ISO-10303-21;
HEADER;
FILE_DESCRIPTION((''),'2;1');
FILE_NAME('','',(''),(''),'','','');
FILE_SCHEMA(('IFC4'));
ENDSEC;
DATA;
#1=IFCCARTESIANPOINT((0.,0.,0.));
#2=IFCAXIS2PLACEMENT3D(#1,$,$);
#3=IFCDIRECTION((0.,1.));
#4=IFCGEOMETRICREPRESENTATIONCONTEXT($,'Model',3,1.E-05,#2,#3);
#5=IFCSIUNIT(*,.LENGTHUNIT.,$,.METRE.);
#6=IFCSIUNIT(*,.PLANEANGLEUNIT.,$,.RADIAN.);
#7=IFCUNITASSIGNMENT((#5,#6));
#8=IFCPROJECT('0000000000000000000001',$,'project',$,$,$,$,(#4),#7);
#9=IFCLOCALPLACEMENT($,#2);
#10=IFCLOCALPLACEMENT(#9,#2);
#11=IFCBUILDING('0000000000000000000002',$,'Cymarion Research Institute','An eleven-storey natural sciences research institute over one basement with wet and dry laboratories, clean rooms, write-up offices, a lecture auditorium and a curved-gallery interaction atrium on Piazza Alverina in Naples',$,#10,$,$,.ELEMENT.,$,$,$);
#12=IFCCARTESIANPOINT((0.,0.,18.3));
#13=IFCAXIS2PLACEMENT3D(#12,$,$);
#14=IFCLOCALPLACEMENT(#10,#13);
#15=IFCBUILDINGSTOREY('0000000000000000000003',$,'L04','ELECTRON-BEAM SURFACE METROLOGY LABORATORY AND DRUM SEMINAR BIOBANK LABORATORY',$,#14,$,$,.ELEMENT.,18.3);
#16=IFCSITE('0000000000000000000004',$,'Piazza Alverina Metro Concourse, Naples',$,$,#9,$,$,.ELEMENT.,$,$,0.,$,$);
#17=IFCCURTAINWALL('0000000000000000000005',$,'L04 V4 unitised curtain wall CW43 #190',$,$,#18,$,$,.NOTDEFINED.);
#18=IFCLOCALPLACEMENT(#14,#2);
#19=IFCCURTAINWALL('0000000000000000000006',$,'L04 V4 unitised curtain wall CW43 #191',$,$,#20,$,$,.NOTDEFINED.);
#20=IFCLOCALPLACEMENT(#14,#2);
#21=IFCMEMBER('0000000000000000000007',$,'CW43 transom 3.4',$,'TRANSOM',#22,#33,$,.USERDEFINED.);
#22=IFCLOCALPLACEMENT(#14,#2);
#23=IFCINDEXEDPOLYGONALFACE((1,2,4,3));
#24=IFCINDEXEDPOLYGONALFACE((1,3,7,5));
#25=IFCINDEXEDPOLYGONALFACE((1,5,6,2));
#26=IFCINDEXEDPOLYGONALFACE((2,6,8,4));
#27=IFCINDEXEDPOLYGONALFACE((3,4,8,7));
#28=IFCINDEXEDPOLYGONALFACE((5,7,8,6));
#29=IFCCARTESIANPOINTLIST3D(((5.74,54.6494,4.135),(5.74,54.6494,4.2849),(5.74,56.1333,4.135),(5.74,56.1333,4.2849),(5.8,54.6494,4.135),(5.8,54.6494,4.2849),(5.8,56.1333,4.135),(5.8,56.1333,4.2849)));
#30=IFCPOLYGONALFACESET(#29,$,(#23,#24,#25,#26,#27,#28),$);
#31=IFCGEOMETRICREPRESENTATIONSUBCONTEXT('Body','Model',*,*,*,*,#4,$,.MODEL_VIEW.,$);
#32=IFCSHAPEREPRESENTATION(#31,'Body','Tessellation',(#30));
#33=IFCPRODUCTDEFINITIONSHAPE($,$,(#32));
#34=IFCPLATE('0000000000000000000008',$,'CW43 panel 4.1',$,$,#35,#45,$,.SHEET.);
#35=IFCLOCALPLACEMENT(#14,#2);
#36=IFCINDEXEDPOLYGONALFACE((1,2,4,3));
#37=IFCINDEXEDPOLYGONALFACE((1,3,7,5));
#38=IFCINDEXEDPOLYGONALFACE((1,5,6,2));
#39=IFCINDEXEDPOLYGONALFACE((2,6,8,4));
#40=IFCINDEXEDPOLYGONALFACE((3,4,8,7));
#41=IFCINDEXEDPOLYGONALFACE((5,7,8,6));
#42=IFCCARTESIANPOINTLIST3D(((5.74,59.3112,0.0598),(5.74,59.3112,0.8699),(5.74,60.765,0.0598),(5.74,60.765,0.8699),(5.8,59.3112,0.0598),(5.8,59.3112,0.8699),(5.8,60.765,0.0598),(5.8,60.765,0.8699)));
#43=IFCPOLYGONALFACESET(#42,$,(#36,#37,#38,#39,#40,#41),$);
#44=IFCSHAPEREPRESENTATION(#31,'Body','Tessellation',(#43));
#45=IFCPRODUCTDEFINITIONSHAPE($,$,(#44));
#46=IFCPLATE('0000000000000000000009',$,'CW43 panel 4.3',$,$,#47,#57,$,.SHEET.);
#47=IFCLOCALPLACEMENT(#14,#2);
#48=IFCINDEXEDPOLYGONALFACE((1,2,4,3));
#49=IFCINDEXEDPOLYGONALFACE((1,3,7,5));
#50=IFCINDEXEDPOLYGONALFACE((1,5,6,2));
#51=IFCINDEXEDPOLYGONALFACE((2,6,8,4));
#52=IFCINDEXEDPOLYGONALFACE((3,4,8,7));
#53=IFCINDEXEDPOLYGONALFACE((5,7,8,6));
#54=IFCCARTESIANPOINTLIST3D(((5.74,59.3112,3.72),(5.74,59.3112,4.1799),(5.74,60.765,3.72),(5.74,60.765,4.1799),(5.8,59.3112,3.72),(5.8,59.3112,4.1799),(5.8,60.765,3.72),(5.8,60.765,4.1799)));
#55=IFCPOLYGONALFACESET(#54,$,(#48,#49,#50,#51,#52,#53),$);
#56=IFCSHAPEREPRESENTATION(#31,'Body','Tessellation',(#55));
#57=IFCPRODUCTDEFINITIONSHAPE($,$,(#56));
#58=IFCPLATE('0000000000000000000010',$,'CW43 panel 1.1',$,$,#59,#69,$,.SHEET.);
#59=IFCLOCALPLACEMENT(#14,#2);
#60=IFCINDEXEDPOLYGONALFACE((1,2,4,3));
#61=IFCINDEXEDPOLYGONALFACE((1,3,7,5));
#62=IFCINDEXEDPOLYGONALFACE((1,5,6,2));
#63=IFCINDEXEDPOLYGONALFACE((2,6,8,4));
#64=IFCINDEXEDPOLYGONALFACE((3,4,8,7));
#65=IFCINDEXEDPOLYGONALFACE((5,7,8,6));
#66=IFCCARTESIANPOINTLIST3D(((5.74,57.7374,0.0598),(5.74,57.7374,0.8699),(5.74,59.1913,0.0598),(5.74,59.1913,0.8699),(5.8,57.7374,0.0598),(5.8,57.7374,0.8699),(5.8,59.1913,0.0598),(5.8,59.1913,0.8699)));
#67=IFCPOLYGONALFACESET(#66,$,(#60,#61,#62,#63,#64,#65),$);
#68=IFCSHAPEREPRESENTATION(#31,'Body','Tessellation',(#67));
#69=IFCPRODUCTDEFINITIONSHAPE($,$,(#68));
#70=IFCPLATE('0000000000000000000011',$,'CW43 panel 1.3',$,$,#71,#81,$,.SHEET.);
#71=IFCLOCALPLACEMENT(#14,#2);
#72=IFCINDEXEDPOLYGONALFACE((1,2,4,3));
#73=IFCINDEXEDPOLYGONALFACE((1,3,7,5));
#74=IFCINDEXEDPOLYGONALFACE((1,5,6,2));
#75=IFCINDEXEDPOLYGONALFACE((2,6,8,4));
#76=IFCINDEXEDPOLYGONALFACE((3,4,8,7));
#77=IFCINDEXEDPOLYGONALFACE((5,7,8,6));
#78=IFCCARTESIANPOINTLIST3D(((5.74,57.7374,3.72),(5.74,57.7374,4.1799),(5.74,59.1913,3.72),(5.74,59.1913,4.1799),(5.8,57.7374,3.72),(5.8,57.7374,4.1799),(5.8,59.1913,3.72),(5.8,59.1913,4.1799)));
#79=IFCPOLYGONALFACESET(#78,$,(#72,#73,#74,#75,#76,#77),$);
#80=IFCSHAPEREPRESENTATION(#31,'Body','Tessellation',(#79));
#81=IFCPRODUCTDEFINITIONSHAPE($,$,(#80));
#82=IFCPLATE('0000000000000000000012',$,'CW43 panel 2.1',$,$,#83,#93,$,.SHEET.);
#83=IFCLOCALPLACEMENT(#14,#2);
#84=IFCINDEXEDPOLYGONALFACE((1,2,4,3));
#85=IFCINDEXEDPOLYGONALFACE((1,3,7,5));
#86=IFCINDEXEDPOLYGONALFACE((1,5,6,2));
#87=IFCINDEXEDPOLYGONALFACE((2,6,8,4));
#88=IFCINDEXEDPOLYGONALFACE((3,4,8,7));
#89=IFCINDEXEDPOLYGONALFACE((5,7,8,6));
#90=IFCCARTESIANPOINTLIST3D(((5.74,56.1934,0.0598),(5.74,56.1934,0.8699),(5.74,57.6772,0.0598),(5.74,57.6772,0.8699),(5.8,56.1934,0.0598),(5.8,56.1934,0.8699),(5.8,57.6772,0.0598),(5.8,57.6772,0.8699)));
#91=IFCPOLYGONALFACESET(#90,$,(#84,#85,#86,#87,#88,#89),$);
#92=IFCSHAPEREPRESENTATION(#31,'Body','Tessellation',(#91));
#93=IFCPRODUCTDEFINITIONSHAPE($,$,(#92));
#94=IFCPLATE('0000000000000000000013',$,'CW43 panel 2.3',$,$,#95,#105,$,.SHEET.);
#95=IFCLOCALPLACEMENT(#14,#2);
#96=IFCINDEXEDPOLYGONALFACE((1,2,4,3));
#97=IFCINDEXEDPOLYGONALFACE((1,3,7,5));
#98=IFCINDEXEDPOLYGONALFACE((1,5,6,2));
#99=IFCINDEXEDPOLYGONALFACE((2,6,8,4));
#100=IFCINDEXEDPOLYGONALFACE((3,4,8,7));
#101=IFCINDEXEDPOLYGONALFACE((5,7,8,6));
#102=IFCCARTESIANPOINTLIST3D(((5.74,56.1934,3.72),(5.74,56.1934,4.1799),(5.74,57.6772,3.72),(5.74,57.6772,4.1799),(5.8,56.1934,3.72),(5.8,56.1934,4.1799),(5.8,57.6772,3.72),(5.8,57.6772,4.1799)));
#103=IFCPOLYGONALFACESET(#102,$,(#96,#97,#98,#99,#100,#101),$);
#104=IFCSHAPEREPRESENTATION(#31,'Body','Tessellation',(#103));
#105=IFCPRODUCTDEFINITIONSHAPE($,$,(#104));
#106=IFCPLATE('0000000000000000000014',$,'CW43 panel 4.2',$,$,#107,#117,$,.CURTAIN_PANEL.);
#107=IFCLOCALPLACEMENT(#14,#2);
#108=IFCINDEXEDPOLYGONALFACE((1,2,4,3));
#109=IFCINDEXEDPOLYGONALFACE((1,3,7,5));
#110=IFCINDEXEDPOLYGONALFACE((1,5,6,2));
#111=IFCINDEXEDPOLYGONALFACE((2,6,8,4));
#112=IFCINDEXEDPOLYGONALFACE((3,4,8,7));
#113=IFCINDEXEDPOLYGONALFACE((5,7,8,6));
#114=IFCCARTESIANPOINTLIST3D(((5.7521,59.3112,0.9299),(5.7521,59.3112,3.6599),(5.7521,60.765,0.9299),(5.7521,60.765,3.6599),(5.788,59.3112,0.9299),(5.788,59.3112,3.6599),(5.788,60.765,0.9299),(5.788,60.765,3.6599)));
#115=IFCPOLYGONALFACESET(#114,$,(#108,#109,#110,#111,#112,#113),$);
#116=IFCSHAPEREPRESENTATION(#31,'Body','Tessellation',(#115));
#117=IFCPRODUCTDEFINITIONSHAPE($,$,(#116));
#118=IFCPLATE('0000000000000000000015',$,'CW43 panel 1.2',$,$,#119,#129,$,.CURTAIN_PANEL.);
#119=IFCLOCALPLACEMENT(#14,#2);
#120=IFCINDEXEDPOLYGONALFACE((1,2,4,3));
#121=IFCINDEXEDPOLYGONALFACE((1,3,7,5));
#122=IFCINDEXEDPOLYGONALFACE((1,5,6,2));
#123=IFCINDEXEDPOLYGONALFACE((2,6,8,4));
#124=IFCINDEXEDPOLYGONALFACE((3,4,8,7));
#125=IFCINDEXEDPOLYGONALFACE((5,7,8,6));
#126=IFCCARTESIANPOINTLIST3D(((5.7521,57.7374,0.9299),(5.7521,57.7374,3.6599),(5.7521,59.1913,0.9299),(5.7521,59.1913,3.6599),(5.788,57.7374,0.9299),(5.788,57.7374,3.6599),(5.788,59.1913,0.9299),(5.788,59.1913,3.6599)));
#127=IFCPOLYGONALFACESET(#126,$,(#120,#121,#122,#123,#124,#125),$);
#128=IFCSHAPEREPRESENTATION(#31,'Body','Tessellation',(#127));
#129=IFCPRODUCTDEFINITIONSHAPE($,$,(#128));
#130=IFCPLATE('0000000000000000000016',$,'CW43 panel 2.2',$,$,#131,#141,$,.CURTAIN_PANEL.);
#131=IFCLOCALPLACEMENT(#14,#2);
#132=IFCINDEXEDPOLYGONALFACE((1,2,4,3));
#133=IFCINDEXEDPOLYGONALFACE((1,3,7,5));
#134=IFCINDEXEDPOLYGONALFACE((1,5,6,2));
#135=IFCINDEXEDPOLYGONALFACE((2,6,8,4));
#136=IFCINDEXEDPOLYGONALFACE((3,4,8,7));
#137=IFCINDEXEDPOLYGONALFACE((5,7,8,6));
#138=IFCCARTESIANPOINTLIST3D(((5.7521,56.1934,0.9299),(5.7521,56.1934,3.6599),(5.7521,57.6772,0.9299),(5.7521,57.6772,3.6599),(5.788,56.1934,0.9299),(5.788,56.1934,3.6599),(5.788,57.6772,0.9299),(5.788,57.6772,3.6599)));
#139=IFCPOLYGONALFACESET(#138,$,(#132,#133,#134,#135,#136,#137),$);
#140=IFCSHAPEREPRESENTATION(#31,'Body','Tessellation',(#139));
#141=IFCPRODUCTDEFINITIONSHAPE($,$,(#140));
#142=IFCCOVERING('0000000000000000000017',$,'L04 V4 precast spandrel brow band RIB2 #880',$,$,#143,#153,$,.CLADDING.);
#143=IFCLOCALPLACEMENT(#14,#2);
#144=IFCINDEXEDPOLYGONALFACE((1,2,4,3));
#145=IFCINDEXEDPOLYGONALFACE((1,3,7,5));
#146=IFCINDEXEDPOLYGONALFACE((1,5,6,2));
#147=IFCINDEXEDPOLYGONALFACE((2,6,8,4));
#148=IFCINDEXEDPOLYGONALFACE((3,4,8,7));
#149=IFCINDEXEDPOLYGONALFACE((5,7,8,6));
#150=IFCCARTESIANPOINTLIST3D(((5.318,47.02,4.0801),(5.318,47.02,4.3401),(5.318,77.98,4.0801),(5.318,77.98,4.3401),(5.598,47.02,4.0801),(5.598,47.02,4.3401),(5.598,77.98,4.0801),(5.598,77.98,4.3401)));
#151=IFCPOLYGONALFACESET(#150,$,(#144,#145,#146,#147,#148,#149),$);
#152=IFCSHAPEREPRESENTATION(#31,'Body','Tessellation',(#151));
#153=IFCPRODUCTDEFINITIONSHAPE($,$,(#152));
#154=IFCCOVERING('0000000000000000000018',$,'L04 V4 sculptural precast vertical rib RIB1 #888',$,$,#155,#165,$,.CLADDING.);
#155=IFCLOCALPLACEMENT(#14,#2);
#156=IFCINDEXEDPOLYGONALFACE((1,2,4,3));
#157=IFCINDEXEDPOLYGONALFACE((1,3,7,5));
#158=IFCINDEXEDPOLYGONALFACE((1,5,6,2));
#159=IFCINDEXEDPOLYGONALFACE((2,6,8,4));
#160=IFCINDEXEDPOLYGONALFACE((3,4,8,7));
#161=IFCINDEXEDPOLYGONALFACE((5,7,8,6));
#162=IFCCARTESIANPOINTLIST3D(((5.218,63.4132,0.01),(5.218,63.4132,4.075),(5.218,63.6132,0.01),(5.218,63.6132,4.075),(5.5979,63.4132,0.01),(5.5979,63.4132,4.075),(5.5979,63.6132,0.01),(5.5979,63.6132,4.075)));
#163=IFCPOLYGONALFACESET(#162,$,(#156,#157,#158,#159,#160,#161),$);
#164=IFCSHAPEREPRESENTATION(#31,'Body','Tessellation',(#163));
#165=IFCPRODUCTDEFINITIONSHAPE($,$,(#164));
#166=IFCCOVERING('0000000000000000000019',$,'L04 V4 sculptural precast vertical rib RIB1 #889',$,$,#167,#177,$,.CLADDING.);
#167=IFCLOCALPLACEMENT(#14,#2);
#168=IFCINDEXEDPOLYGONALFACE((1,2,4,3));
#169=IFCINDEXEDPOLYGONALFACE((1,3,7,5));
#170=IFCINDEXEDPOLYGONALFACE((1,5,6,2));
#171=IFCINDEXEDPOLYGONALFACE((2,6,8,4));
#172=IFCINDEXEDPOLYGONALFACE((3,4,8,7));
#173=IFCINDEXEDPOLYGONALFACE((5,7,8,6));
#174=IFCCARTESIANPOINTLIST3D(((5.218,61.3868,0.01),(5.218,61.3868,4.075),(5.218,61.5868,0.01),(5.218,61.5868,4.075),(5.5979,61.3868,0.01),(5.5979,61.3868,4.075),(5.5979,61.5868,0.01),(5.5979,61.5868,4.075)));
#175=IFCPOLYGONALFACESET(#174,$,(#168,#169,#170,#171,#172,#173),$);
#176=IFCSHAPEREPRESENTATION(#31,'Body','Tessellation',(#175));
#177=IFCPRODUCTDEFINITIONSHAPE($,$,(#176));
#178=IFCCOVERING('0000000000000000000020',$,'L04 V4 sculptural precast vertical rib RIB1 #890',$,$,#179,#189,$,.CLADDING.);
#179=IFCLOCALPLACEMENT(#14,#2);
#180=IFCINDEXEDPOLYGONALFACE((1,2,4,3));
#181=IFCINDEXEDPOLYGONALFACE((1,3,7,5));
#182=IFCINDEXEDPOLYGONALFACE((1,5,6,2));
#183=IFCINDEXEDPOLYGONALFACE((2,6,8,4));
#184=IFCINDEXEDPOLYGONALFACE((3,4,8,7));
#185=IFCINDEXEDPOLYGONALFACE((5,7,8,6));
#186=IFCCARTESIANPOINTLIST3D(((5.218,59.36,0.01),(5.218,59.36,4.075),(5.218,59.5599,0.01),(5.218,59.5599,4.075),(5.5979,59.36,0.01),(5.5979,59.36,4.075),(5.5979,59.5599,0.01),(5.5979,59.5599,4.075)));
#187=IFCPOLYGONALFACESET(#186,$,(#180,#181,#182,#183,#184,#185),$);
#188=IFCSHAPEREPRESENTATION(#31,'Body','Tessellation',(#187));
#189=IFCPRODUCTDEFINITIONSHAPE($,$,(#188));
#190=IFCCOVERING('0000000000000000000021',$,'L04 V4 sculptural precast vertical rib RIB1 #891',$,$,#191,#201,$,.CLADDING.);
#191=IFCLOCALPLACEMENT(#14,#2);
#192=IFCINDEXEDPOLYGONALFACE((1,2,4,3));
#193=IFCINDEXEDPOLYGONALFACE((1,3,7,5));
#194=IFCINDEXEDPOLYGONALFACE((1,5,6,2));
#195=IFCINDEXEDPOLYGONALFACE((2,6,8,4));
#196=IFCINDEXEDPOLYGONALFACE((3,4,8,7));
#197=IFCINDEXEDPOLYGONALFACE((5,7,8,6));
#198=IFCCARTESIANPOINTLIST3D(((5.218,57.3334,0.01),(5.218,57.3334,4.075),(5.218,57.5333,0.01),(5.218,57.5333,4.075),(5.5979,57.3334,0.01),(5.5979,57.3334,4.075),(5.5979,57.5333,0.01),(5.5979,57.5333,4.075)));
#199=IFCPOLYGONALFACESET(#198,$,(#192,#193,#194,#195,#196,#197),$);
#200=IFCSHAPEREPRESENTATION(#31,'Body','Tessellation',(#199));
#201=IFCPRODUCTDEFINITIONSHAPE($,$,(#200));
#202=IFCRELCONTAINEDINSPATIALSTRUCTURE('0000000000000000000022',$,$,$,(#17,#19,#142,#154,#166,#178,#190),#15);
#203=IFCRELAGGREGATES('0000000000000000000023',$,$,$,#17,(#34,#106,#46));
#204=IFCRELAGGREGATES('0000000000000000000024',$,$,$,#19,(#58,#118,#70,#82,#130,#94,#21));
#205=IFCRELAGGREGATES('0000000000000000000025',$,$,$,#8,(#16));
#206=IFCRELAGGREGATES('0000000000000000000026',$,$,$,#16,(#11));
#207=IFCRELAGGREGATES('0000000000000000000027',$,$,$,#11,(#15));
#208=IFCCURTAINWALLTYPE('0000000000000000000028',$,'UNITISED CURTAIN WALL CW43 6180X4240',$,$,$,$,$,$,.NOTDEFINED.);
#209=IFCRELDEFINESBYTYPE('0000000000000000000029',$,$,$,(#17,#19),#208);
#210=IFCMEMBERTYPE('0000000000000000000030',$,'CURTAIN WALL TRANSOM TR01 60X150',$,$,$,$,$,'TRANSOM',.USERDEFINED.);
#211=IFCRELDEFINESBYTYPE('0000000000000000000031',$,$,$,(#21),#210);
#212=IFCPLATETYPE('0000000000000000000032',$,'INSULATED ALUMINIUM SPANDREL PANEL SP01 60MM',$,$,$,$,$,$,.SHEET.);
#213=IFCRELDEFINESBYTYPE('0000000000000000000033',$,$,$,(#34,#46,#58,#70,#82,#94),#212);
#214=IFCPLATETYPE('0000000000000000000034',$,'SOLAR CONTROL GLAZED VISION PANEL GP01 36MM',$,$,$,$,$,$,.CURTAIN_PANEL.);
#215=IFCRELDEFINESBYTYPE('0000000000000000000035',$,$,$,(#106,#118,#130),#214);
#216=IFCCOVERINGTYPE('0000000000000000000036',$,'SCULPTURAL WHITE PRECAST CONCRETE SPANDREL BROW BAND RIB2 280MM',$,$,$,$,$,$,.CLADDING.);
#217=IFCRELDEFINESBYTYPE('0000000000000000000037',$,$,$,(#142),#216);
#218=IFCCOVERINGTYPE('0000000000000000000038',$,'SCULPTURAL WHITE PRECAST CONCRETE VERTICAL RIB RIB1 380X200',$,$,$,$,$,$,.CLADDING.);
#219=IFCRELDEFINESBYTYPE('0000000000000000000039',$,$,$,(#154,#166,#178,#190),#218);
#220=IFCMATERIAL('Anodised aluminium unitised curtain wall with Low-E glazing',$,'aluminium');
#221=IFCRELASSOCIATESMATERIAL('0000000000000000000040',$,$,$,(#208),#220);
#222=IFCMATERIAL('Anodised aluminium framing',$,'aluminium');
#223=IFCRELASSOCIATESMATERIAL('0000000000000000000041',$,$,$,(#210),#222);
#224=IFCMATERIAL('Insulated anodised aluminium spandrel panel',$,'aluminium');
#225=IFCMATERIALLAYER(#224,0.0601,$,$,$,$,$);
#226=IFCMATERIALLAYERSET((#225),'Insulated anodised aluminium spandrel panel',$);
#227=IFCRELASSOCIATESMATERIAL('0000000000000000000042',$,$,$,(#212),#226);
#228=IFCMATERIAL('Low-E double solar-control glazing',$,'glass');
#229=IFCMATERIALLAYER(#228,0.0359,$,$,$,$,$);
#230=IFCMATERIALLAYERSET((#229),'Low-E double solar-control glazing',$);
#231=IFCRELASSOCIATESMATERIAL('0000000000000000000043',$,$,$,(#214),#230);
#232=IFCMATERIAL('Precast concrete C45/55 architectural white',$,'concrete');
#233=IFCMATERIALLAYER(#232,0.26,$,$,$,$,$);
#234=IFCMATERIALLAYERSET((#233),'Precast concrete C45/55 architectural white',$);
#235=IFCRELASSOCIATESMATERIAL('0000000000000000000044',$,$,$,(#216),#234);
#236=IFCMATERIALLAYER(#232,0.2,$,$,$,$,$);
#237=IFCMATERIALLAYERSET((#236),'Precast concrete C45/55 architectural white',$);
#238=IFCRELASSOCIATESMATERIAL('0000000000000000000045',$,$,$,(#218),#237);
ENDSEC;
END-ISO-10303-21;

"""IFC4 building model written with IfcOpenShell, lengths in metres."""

from ifc_helpers import new_model, si_unit, direction, frame, origin, origin_2d, place, context, subcontext, project, spatial, rectangle, extrude, material, layer, layer_set, material_profile, profile_set, type_object, element, aggregate, save


model = new_model("IFC4")

# Units and contexts
model_context = context("Model", 3, precision=1e-05, world=origin(), true_north=direction((0.0, 1.0)))
body_context = subcontext(model_context, "Body", "Model", "MODEL_VIEW")
ifc_project = project(units=[si_unit("LENGTHUNIT", "METRE"), si_unit("PLANEANGLEUNIT", "RADIAN")], contexts=[model_context])

# Site, building, storey
site_placement = place(None, origin())
site = spatial("IfcSite", under=ifc_project, at=site_placement, Name="Piazza Alverina Metro Concourse, Naples", CompositionType="ELEMENT", RefElevation=0.0)
building_placement = place(site_placement, origin())
building = spatial("IfcBuilding", under=site, at=building_placement, Name="Cymarion Research Institute", Description="An eleven-storey natural sciences research institute over one basement with wet and dry laboratories, clean rooms, write-up offices, a lecture auditorium and a curved-gallery interaction atrium on Piazza Alverina in Naples", CompositionType="ELEMENT")
storey_placement = place(building_placement, frame((0.0, 0.0, 18.3)))
storey = spatial("IfcBuildingStorey", under=building, at=storey_placement, Name="L04", Description="ELECTRON-BEAM SURFACE METROLOGY LABORATORY AND DRUM SEMINAR BIOBANK LABORATORY", CompositionType="ELEMENT", Elevation=18.3)

# Curtain wall
ifc_material_1 = material(Name="Anodised aluminium unitised curtain wall with Low-E glazing", Category="aluminium")
curtain_wall_type = type_object("IfcCurtainWallType", Name="UNITISED CURTAIN WALL CW43 6180X4240", PredefinedType="NOTDEFINED", material=ifc_material_1)
curtain_wall_1_placement = place(storey_placement, origin())
curtain_wall_1 = element("IfcCurtainWall", 1, at=curtain_wall_1_placement, inside=storey, type_object=curtain_wall_type, Name="L04 V4 unitised curtain wall CW43 #190", PredefinedType="NOTDEFINED")
ifc_material_2 = material(Name="Anodised aluminium framing", Category="aluminium")

# Curtain wall, member
curtain_wall_2_placement = place(storey_placement, origin())
curtain_wall_2 = element("IfcCurtainWall", 2, at=curtain_wall_2_placement, inside=storey, type_object=curtain_wall_type, Name="L04 V4 unitised curtain wall CW43 #191", PredefinedType="NOTDEFINED")
ifc_material_profile_1 = material_profile(ifc_material_2, rectangle(XDim=0.0601, YDim=0.1499, at=origin_2d()), Name="ALU TRANSOM 60x150")
ifc_profile_set_1 = profile_set([ifc_material_profile_1], Name="Anodised aluminium framing")
member_type_1 = type_object("IfcMemberType", Name="CURTAIN WALL TRANSOM TR01 60X150", ElementType="TRANSOM", PredefinedType="USERDEFINED", material=ifc_profile_set_1)
member_1_placement = place(storey_placement, frame((5.77, 56.1333, 4.21), z_axis=(0.0, -1.0, 0.0), x_axis=(1.0, 0.0, 0.0)))
member_1 = element("IfcMember", 3, at=member_1_placement, type_object=member_type_1, Name="CW43 transom 3.4", ObjectType="TRANSOM", PredefinedType="USERDEFINED", context=body_context, shape_type="SweptSolid", body=[
    extrude(rectangle(XDim=0.0601, YDim=0.1499, at=origin_2d()), origin(), (0.0, 0.0, 1.0), 1.4839),
])

# Plates
ifc_material_3 = material(Name="Insulated anodised aluminium spandrel panel", Category="aluminium")
ifc_layer_1 = layer(ifc_material_3, 0.0601)
ifc_layer_set_1 = layer_set([ifc_layer_1], Name="Insulated anodised aluminium spandrel panel")
plate_type_1 = type_object("IfcPlateType", Name="INSULATED ALUMINIUM SPANDREL PANEL SP01 60MM", PredefinedType="SHEET", material=ifc_layer_set_1)
plate_1_placement = place(storey_placement, frame((5.77, 60.0381, 0.0598), z_axis=(0.0, 0.0, 1.0), x_axis=(0.0, -1.0, 0.0)))
plate_1 = element("IfcPlate", 4, at=plate_1_placement, type_object=plate_type_1, Name="CW43 panel 4.1", PredefinedType="SHEET", context=body_context, shape_type="SweptSolid", body=[
    extrude(rectangle(XDim=1.4539, YDim=0.0601, at=origin_2d()), origin(), (0.0, 0.0, 1.0), 0.8101),
])
plate_2_placement = place(storey_placement, frame((5.77, 60.0381, 3.72), z_axis=(0.0, 0.0, 1.0), x_axis=(0.0, -1.0, 0.0)))
plate_2 = element("IfcPlate", 5, at=plate_2_placement, type_object=plate_type_1, Name="CW43 panel 4.3", PredefinedType="SHEET", context=body_context, shape_type="SweptSolid", body=[
    extrude(rectangle(XDim=1.4539, YDim=0.0601, at=origin_2d()), origin(), (0.0, 0.0, 1.0), 0.46),
])
plate_3_placement = place(storey_placement, frame((5.77, 58.4644, 0.0598), z_axis=(0.0, 0.0, 1.0), x_axis=(0.0, -1.0, 0.0)))
plate_3 = element("IfcPlate", 6, at=plate_3_placement, type_object=plate_type_1, Name="CW43 panel 1.1", PredefinedType="SHEET", context=body_context, shape_type="SweptSolid", body=[
    extrude(rectangle(XDim=1.4539, YDim=0.0601, at=origin_2d()), origin(), (0.0, 0.0, 1.0), 0.8101),
])
plate_4_placement = place(storey_placement, frame((5.77, 58.4644, 3.72), z_axis=(0.0, 0.0, 1.0), x_axis=(0.0, -1.0, 0.0)))
plate_4 = element("IfcPlate", 7, at=plate_4_placement, type_object=plate_type_1, Name="CW43 panel 1.3", PredefinedType="SHEET", context=body_context, shape_type="SweptSolid", body=[
    extrude(rectangle(XDim=1.4539, YDim=0.0601, at=origin_2d()), origin(), (0.0, 0.0, 1.0), 0.46),
])
plate_5_placement = place(storey_placement, frame((5.77, 56.9353, 0.0598), z_axis=(0.0, 0.0, 1.0), x_axis=(0.0, -1.0, 0.0)))
plate_5 = element("IfcPlate", 8, at=plate_5_placement, type_object=plate_type_1, Name="CW43 panel 2.1", PredefinedType="SHEET", context=body_context, shape_type="SweptSolid", body=[
    extrude(rectangle(XDim=1.4839, YDim=0.0601, at=origin_2d()), origin(), (0.0, 0.0, 1.0), 0.8101),
])
plate_6_placement = place(storey_placement, frame((5.77, 56.9353, 3.72), z_axis=(0.0, 0.0, 1.0), x_axis=(0.0, -1.0, 0.0)))
plate_6 = element("IfcPlate", 9, at=plate_6_placement, type_object=plate_type_1, Name="CW43 panel 2.3", PredefinedType="SHEET", context=body_context, shape_type="SweptSolid", body=[
    extrude(rectangle(XDim=1.4839, YDim=0.0601, at=origin_2d()), origin(), (0.0, 0.0, 1.0), 0.46),
])
ifc_material_4 = material(Name="Low-E double solar-control glazing", Category="glass")
ifc_layer_2 = layer(ifc_material_4, 0.0359)
ifc_layer_set_2 = layer_set([ifc_layer_2], Name="Low-E double solar-control glazing")
plate_type_2 = type_object("IfcPlateType", Name="SOLAR CONTROL GLAZED VISION PANEL GP01 36MM", PredefinedType="CURTAIN_PANEL", material=ifc_layer_set_2)
plate_7_placement = place(storey_placement, frame((5.77, 60.0381, 0.9299), z_axis=(0.0, 0.0, 1.0), x_axis=(0.0, -1.0, 0.0)))
plate_7 = element("IfcPlate", 10, at=plate_7_placement, type_object=plate_type_2, Name="CW43 panel 4.2", PredefinedType="CURTAIN_PANEL", context=body_context, shape_type="SweptSolid", body=[
    extrude(rectangle(XDim=1.4539, YDim=0.0359, at=origin_2d()), origin(), (0.0, 0.0, 1.0), 2.73),
])
aggregate(curtain_wall_1, [plate_1, plate_7, plate_2])
plate_8_placement = place(storey_placement, frame((5.77, 58.4644, 0.9299), z_axis=(0.0, 0.0, 1.0), x_axis=(0.0, -1.0, 0.0)))
plate_8 = element("IfcPlate", 11, at=plate_8_placement, type_object=plate_type_2, Name="CW43 panel 1.2", PredefinedType="CURTAIN_PANEL", context=body_context, shape_type="SweptSolid", body=[
    extrude(rectangle(XDim=1.4539, YDim=0.0359, at=origin_2d()), origin(), (0.0, 0.0, 1.0), 2.73),
])
plate_9_placement = place(storey_placement, frame((5.77, 56.9353, 0.9299), z_axis=(0.0, 0.0, 1.0), x_axis=(0.0, -1.0, 0.0)))
plate_9 = element("IfcPlate", 12, at=plate_9_placement, type_object=plate_type_2, Name="CW43 panel 2.2", PredefinedType="CURTAIN_PANEL", context=body_context, shape_type="SweptSolid", body=[
    extrude(rectangle(XDim=1.4839, YDim=0.0359, at=origin_2d()), origin(), (0.0, 0.0, 1.0), 2.73),
])
aggregate(curtain_wall_2, [plate_3, plate_8, plate_4, plate_5, plate_9, plate_6, member_1])

# Coverings
ifc_material_5 = material(Name="Precast concrete C45/55 architectural white", Category="concrete")
ifc_layer_3 = layer(ifc_material_5, 0.26)
ifc_layer_set_3 = layer_set([ifc_layer_3], Name="Precast concrete C45/55 architectural white")
covering_type_1 = type_object("IfcCoveringType", Name="SCULPTURAL WHITE PRECAST CONCRETE SPANDREL BROW BAND RIB2 280MM", PredefinedType="CLADDING", material=ifc_layer_set_3)
covering_placement = place(storey_placement, frame((5.458, 62.5, 4.0801), z_axis=(0.0, 0.0, 1.0), x_axis=(-1.0, 0.0, 0.0)))
element("IfcCovering", 13, at=covering_placement, inside=storey, type_object=covering_type_1, Name="L04 V4 precast spandrel brow band RIB2 #880", PredefinedType="CLADDING", context=body_context, shape_type="SweptSolid", body=[
    extrude(rectangle(XDim=0.28, YDim=30.96, at=origin_2d()), origin(), (0.0, 0.0, 1.0), 0.26),
])
ifc_layer_4 = layer(ifc_material_5, 0.2)
ifc_layer_set_4 = layer_set([ifc_layer_4], Name="Precast concrete C45/55 architectural white")
covering_type_2 = type_object("IfcCoveringType", Name="SCULPTURAL WHITE PRECAST CONCRETE VERTICAL RIB RIB1 380X200", PredefinedType="CLADDING", material=ifc_layer_set_4)
for number, where, z_axis, x_axis, name in (
    (14, (5.408, 63.5132, 0.01), (0.0, 0.0, 1.0), (-1.0, 0.0, 0.0), "L04 V4 sculptural precast vertical rib RIB1 #888"),
    (15, (5.408, 61.4868, 0.01), (0.0, 0.0, 1.0), (-1.0, 0.0, 0.0), "L04 V4 sculptural precast vertical rib RIB1 #889"),
    (16, (5.408, 59.46, 0.01), (0.0, 0.0, 1.0), (-1.0, 0.0, 0.0), "L04 V4 sculptural precast vertical rib RIB1 #890"),
    (17, (5.408, 57.4333, 0.01), (0.0, 0.0, 1.0), (-1.0, 0.0, 0.0), "L04 V4 sculptural precast vertical rib RIB1 #891"),
):
    element("IfcCovering", number, at=place(storey_placement, frame(where, z_axis=z_axis, x_axis=x_axis)), inside=storey, type_object=covering_type_2, Name=name, PredefinedType="CLADDING", context=body_context, shape_type="SweptSolid", body=[
        extrude(rectangle(XDim=0.3799, YDim=0.2, at=origin_2d()), origin(), (0.0, 0.0, 1.0), 4.0649),
    ])

save(model, "model.ifc")
